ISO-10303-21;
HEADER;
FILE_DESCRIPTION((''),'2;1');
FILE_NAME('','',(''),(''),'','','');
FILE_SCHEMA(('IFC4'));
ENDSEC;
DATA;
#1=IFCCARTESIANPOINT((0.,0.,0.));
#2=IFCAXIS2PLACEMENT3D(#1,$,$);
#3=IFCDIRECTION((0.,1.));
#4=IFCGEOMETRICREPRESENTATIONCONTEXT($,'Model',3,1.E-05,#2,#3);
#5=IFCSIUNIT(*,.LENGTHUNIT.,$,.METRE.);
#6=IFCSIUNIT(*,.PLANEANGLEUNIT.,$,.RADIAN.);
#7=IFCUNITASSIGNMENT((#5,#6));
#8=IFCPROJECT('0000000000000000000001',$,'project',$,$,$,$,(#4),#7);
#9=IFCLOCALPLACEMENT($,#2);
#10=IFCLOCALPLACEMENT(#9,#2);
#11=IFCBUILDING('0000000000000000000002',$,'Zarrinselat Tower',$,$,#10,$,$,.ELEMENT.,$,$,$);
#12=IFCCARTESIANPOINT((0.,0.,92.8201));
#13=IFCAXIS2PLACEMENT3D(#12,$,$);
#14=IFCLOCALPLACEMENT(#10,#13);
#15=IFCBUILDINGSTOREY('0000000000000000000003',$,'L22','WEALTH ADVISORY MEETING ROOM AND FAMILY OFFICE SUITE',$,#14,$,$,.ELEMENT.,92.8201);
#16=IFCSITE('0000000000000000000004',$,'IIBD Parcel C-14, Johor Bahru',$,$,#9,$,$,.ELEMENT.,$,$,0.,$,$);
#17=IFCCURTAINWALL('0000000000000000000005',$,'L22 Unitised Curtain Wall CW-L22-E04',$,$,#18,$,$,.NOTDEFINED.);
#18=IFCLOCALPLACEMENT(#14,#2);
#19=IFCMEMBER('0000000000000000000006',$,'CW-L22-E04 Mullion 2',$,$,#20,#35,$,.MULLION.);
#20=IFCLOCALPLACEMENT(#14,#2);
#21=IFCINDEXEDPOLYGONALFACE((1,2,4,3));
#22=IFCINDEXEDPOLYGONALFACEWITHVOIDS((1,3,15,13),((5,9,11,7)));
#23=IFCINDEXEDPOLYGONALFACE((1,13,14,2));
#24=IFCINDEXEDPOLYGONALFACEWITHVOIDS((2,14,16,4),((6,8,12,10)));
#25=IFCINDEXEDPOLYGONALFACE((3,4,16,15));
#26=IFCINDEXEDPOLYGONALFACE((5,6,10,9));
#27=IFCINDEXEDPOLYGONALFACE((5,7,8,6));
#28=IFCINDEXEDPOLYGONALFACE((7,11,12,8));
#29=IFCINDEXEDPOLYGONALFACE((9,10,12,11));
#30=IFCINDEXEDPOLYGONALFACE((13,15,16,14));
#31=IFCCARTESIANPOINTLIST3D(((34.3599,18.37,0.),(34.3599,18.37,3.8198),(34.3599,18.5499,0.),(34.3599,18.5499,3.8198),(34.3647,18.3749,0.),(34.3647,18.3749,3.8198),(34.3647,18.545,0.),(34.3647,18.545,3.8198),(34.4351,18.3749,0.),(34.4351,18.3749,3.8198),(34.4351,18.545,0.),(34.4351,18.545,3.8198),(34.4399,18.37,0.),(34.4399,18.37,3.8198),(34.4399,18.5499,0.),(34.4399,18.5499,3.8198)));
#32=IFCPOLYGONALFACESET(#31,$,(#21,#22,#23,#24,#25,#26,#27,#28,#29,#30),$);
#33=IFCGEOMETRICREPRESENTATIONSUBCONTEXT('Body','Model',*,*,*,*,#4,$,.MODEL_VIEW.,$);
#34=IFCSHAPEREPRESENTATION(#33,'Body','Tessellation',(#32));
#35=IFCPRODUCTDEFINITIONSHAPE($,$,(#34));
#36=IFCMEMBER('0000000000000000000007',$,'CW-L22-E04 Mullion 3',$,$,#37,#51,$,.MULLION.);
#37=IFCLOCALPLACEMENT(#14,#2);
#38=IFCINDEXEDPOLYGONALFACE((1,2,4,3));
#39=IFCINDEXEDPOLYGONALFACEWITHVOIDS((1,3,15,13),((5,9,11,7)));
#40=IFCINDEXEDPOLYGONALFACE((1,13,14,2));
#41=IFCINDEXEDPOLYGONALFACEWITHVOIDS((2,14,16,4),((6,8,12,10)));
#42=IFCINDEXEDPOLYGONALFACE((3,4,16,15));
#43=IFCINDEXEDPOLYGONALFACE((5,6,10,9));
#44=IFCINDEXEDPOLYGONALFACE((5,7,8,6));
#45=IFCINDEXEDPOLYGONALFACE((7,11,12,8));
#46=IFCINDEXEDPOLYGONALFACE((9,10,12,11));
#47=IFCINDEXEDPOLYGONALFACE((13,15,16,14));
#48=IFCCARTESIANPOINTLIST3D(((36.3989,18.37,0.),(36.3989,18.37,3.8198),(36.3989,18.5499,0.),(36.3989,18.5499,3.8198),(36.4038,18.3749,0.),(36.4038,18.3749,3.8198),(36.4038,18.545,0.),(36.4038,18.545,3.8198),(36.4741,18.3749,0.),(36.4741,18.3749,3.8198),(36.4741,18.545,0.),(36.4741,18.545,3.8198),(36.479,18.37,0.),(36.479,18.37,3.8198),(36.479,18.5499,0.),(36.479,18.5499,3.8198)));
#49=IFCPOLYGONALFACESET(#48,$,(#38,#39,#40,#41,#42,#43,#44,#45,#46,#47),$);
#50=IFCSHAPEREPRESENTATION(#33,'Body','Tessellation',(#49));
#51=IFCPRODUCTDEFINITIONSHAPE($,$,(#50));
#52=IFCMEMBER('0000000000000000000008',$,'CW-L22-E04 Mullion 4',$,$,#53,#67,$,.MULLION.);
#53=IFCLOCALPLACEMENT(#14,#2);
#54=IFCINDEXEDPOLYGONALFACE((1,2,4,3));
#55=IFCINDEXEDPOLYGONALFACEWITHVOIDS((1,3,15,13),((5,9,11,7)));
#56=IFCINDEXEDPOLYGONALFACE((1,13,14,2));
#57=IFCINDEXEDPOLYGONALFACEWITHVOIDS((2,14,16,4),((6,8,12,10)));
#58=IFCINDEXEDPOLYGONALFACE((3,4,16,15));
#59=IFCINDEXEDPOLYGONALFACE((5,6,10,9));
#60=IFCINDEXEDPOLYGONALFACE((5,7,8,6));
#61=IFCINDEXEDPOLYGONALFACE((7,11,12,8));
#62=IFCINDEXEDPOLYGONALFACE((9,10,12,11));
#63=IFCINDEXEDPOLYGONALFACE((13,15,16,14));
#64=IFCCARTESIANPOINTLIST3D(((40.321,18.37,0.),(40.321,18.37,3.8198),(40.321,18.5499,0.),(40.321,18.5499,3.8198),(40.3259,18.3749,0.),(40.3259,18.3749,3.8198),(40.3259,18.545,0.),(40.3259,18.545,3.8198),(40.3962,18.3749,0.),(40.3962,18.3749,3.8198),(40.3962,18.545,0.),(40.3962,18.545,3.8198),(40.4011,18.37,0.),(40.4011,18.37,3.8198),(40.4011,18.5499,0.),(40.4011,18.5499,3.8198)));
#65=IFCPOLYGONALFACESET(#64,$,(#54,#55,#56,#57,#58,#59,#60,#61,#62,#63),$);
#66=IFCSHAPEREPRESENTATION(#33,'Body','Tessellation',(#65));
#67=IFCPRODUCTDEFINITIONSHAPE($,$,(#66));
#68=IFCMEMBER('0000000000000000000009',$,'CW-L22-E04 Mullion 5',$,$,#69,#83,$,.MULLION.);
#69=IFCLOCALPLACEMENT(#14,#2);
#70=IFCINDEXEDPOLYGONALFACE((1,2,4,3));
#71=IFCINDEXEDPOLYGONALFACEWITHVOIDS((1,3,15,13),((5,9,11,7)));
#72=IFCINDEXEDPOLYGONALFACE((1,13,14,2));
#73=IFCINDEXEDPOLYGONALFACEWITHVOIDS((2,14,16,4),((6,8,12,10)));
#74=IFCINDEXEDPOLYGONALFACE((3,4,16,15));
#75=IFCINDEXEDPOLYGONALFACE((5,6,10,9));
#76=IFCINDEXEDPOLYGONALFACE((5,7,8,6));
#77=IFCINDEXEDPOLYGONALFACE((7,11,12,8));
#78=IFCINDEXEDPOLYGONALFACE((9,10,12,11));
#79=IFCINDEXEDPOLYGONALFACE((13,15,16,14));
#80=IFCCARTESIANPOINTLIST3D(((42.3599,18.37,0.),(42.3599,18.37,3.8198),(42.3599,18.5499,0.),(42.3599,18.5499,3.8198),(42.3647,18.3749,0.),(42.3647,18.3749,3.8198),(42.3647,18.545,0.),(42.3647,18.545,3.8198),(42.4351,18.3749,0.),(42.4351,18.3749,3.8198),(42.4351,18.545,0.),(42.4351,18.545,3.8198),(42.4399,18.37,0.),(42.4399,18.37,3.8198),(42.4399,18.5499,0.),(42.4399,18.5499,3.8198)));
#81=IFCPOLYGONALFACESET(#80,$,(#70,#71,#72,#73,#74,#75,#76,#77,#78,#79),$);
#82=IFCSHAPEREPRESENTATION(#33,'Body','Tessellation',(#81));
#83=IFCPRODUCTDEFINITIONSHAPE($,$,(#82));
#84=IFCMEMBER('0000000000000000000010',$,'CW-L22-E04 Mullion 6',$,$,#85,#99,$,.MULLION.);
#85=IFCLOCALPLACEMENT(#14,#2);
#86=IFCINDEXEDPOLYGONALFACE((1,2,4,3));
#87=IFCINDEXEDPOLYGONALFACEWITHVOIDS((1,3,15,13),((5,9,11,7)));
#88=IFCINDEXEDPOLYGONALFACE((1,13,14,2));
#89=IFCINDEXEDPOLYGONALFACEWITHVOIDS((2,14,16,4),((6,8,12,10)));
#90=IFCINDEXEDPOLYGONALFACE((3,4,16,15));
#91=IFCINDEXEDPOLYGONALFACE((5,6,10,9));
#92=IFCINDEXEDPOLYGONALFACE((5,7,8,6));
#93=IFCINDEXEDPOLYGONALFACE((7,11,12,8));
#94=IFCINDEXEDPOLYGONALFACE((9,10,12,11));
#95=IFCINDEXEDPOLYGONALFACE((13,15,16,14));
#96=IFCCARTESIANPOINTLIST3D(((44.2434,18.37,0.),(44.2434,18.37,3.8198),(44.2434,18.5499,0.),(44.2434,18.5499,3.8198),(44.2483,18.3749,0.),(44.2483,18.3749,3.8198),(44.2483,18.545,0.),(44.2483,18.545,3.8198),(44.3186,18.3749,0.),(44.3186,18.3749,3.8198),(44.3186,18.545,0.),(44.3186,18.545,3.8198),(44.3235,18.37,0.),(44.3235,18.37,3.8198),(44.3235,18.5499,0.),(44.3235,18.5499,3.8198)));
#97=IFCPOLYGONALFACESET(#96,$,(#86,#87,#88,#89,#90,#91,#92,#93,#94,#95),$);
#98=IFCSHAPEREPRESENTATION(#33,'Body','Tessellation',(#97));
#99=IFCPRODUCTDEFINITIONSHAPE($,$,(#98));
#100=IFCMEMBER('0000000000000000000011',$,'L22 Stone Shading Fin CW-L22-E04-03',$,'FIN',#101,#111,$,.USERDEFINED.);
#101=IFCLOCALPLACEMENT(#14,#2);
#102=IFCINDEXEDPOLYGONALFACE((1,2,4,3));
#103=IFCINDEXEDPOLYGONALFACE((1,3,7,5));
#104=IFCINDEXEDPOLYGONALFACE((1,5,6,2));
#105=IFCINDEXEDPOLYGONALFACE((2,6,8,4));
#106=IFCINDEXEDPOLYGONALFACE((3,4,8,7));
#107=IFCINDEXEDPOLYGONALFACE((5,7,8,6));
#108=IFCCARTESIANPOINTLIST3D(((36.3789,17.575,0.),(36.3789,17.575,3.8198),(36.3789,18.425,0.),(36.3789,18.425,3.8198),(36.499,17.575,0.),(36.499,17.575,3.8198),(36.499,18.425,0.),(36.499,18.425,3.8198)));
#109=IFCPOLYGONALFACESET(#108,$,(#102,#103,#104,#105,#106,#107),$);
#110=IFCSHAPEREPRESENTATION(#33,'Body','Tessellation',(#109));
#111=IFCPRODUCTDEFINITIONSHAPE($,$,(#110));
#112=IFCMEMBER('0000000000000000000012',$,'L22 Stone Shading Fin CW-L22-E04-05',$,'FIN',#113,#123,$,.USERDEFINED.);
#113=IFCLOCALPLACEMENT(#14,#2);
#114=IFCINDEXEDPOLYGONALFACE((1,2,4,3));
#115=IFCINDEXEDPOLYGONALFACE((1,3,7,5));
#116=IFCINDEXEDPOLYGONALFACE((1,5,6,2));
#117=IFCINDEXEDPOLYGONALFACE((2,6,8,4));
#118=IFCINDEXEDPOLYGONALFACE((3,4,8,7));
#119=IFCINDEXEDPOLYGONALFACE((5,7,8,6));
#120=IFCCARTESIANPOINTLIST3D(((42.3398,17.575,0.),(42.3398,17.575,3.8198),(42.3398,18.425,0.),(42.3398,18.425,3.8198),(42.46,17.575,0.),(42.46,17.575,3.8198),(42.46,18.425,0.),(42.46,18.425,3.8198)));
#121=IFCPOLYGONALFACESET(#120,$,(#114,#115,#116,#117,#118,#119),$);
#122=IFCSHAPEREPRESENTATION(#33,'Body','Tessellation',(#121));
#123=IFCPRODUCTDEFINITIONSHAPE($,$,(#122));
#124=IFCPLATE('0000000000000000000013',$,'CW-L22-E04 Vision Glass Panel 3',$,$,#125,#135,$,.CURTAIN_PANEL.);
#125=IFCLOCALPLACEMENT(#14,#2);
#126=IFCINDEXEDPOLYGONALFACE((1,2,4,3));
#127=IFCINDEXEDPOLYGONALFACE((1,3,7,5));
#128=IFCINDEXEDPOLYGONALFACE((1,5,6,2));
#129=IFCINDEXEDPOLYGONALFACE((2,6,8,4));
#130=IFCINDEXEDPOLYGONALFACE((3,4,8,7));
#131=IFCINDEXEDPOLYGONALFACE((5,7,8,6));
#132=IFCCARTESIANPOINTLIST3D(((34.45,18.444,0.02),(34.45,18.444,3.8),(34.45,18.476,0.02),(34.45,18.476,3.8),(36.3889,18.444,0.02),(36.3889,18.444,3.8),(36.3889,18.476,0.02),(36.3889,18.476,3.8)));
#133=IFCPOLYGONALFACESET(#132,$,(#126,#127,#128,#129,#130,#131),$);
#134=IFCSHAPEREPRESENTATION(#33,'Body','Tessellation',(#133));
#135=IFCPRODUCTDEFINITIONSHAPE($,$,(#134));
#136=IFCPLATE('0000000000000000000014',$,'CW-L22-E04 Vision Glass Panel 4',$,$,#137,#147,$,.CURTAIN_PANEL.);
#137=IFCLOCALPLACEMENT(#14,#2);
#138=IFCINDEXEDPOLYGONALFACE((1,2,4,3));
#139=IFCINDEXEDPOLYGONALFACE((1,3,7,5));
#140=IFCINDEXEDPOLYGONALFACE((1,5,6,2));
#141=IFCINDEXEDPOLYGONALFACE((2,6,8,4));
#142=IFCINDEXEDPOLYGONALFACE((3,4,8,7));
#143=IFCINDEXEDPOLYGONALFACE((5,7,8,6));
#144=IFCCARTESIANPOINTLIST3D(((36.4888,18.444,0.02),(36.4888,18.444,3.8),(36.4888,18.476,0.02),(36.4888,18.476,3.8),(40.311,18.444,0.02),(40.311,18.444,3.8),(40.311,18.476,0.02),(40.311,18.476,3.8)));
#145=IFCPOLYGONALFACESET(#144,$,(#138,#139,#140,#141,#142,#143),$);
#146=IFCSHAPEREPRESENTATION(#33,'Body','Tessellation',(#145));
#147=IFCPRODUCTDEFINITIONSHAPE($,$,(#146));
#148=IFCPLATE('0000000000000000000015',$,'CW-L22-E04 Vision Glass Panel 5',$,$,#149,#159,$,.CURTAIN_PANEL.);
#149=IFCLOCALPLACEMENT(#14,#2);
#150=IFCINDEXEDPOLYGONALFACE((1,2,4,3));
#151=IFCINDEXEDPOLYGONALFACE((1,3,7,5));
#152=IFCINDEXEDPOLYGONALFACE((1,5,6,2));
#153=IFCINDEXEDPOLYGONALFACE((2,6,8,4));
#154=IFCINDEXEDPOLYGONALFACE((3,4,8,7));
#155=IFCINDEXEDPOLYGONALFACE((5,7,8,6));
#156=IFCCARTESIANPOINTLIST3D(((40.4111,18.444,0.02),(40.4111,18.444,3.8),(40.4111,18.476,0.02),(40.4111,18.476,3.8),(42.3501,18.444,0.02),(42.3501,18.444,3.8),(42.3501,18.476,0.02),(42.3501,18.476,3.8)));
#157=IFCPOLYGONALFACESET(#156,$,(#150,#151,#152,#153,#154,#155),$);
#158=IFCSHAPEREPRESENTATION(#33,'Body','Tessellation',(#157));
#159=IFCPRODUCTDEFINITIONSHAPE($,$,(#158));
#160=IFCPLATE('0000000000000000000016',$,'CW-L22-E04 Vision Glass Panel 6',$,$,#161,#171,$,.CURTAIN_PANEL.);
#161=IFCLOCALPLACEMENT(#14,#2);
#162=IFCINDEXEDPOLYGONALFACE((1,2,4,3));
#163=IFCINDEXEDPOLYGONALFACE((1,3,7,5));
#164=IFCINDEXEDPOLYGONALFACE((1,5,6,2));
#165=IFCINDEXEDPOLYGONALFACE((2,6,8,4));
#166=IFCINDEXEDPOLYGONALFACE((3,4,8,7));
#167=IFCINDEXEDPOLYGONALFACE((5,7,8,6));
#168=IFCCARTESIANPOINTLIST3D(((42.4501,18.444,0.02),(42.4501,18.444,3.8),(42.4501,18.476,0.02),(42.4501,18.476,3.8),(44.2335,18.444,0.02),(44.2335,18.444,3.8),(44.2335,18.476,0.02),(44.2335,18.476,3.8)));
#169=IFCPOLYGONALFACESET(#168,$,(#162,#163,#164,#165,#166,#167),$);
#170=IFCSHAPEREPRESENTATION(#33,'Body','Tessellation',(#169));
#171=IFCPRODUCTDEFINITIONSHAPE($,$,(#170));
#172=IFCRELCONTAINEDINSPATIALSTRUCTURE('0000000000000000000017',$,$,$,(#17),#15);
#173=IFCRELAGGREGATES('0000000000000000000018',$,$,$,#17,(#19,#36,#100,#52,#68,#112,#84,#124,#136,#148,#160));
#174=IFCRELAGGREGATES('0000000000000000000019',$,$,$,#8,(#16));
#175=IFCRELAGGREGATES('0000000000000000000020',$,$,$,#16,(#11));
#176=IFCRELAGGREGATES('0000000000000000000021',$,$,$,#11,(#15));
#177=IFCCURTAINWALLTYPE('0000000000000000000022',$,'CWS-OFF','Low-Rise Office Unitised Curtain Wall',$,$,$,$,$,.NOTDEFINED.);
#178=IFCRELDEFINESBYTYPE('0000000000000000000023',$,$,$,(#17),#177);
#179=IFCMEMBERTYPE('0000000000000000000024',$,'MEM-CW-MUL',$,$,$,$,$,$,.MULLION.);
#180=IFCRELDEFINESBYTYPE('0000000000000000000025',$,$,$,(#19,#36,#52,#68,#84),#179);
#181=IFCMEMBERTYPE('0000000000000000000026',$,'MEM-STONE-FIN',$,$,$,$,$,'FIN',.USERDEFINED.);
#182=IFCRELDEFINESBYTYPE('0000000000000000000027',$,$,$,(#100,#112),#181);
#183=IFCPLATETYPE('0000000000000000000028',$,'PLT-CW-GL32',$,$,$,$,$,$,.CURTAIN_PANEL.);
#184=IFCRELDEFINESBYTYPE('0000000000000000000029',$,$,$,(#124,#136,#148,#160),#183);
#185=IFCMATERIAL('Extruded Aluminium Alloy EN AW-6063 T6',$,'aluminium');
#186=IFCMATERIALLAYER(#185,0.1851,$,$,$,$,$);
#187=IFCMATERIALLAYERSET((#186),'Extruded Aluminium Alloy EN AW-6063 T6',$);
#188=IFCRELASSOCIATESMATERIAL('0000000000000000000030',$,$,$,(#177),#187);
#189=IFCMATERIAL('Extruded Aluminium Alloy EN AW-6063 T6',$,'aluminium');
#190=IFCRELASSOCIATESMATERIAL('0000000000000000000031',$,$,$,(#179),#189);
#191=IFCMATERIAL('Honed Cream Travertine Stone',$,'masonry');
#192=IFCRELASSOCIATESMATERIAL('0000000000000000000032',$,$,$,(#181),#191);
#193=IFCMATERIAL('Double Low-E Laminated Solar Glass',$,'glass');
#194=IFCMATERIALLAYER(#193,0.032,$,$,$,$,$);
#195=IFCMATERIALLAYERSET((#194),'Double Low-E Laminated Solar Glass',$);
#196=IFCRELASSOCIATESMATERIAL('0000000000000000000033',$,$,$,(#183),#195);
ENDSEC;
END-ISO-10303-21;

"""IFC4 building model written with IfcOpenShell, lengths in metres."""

from ifc_helpers import new_model, si_unit, direction, frame, origin, origin_2d, place, context, subcontext, project, spatial, rectangle, hollow_rectangle, extrude, material, layer, layer_set, material_profile, profile_set, type_object, element, aggregate, save


model = new_model("IFC4")

# Units and contexts
model_context = context("Model", 3, precision=1e-05, world=origin(), true_north=direction((0.0, 1.0)))
body_context = subcontext(model_context, "Body", "Model", "MODEL_VIEW")
ifc_project = project(units=[si_unit("LENGTHUNIT", "METRE"), si_unit("PLANEANGLEUNIT", "RADIAN")], contexts=[model_context])

# Site, building, storey
site_placement = place(None, origin())
site = spatial("IfcSite", under=ifc_project, at=site_placement, Name="IIBD Parcel C-14, Johor Bahru", CompositionType="ELEMENT", RefElevation=0.0)
building_placement = place(site_placement, origin())
building = spatial("IfcBuilding", under=site, at=building_placement, Name="Zarrinselat Tower", CompositionType="ELEMENT")
storey_placement = place(building_placement, frame((0.0, 0.0, 92.8201)))
storey = spatial("IfcBuildingStorey", under=building, at=storey_placement, Name="L22", Description="WEALTH ADVISORY MEETING ROOM AND FAMILY OFFICE SUITE", CompositionType="ELEMENT", Elevation=92.8201)

# Curtain wall, members, plates
ifc_material_1 = material(Name="Extruded Aluminium Alloy EN AW-6063 T6", Category="aluminium")
ifc_layer_1 = layer(ifc_material_1, 0.1851)
ifc_layer_set_1 = layer_set([ifc_layer_1], Name="Extruded Aluminium Alloy EN AW-6063 T6")
curtain_wall_type = type_object("IfcCurtainWallType", Name="CWS-OFF", Description="Low-Rise Office Unitised Curtain Wall", PredefinedType="NOTDEFINED", material=ifc_layer_set_1)
curtain_wall_placement = place(storey_placement, origin())
curtain_wall = element("IfcCurtainWall", 1, at=curtain_wall_placement, inside=storey, type_object=curtain_wall_type, Name="L22 Unitised Curtain Wall CW-L22-E04", PredefinedType="NOTDEFINED")
ifc_material_2 = material(Name="Extruded Aluminium Alloy EN AW-6063 T6", Category="aluminium")
ifc_material_profile_1 = material_profile(ifc_material_2, hollow_rectangle(XDim=0.0801, YDim=0.1799, WallThickness=0.0049, at=origin_2d()), Name="RHS 180x80x5")
ifc_profile_set_1 = profile_set([ifc_material_profile_1], Name="Extruded Aluminium Alloy EN AW-6063 T6")
member_type_1 = type_object("IfcMemberType", Name="MEM-CW-MUL", PredefinedType="MULLION", material=ifc_profile_set_1)
member_1_placement = place(storey_placement, frame((34.3999, 18.46, 0.0), z_axis=(0.0, 0.0, 1.0), x_axis=(1.0, 0.0, 0.0)))
member_1 = element("IfcMember", 2, at=member_1_placement, type_object=member_type_1, Name="CW-L22-E04 Mullion 2", PredefinedType="MULLION", context=body_context, shape_type="SweptSolid", body=[
    extrude(hollow_rectangle(XDim=0.0801, YDim=0.1799, WallThickness=0.0049, at=origin_2d()), origin(), (0.0, 0.0, 1.0), 3.8198),
])
member_2_placement = place(storey_placement, frame((36.439, 18.46, 0.0), z_axis=(0.0, 0.0, 1.0), x_axis=(1.0, 0.0, 0.0)))
member_2 = element("IfcMember", 3, at=member_2_placement, type_object=member_type_1, Name="CW-L22-E04 Mullion 3", PredefinedType="MULLION", context=body_context, shape_type="SweptSolid", body=[
    extrude(hollow_rectangle(XDim=0.0801, YDim=0.1799, WallThickness=0.0049, at=origin_2d()), origin(), (0.0, 0.0, 1.0), 3.8198),
])
member_3_placement = place(storey_placement, frame((40.3611, 18.46, 0.0), z_axis=(0.0, 0.0, 1.0), x_axis=(1.0, 0.0, 0.0)))
member_3 = element("IfcMember", 4, at=member_3_placement, type_object=member_type_1, Name="CW-L22-E04 Mullion 4", PredefinedType="MULLION", context=body_context, shape_type="SweptSolid", body=[
    extrude(hollow_rectangle(XDim=0.0801, YDim=0.1799, WallThickness=0.0049, at=origin_2d()), origin(), (0.0, 0.0, 1.0), 3.8198),
])
member_4_placement = place(storey_placement, frame((42.3999, 18.46, 0.0), z_axis=(0.0, 0.0, 1.0), x_axis=(1.0, 0.0, 0.0)))
member_4 = element("IfcMember", 5, at=member_4_placement, type_object=member_type_1, Name="CW-L22-E04 Mullion 5", PredefinedType="MULLION", context=body_context, shape_type="SweptSolid", body=[
    extrude(hollow_rectangle(XDim=0.0801, YDim=0.1799, WallThickness=0.0049, at=origin_2d()), origin(), (0.0, 0.0, 1.0), 3.8198),
])
member_5_placement = place(storey_placement, frame((44.2834, 18.46, 0.0), z_axis=(0.0, 0.0, 1.0), x_axis=(1.0, 0.0, 0.0)))
member_5 = element("IfcMember", 6, at=member_5_placement, type_object=member_type_1, Name="CW-L22-E04 Mullion 6", PredefinedType="MULLION", context=body_context, shape_type="SweptSolid", body=[
    extrude(hollow_rectangle(XDim=0.0801, YDim=0.1799, WallThickness=0.0049, at=origin_2d()), origin(), (0.0, 0.0, 1.0), 3.8198),
])
ifc_material_3 = material(Name="Honed Cream Travertine Stone", Category="masonry")
ifc_material_profile_2 = material_profile(ifc_material_3, rectangle(XDim=0.1201, YDim=0.8501, at=origin_2d()), Name="FIN 850x120")
ifc_profile_set_2 = profile_set([ifc_material_profile_2], Name="Honed Cream Travertine Stone")
member_type_2 = type_object("IfcMemberType", Name="MEM-STONE-FIN", ElementType="FIN", PredefinedType="USERDEFINED", material=ifc_profile_set_2)
member_6_placement = place(storey_placement, frame((36.439, 18.0, 0.0), z_axis=(0.0, 0.0, 1.0), x_axis=(-1.0, 0.0, 0.0)))
member_6 = element("IfcMember", 7, at=member_6_placement, type_object=member_type_2, Name="L22 Stone Shading Fin CW-L22-E04-03", ObjectType="FIN", PredefinedType="USERDEFINED", context=body_context, shape_type="SweptSolid", body=[
    extrude(rectangle(XDim=0.1201, YDim=0.8501, at=origin_2d()), origin(), (0.0, 0.0, 1.0), 3.8198),
])
member_7_placement = place(storey_placement, frame((42.3999, 18.0, 0.0), z_axis=(0.0, 0.0, 1.0), x_axis=(-1.0, 0.0, 0.0)))
member_7 = element("IfcMember", 8, at=member_7_placement, type_object=member_type_2, Name="L22 Stone Shading Fin CW-L22-E04-05", ObjectType="FIN", PredefinedType="USERDEFINED", context=body_context, shape_type="SweptSolid", body=[
    extrude(rectangle(XDim=0.1201, YDim=0.8501, at=origin_2d()), origin(), (0.0, 0.0, 1.0), 3.8198),
])
ifc_material_4 = material(Name="Double Low-E Laminated Solar Glass", Category="glass")
ifc_layer_2 = layer(ifc_material_4, 0.032)
ifc_layer_set_2 = layer_set([ifc_layer_2], Name="Double Low-E Laminated Solar Glass")
plate_type = type_object("IfcPlateType", Name="PLT-CW-GL32", PredefinedType="CURTAIN_PANEL", material=ifc_layer_set_2)
plate_1_placement = place(storey_placement, frame((35.4194, 18.46, 0.02), z_axis=(0.0, 0.0, 1.0), x_axis=(1.0, 0.0, 0.0)))
plate_1 = element("IfcPlate", 9, at=plate_1_placement, type_object=plate_type, Name="CW-L22-E04 Vision Glass Panel 3", PredefinedType="CURTAIN_PANEL", context=body_context, shape_type="SweptSolid", body=[
    extrude(rectangle(XDim=1.939, YDim=0.032, at=origin_2d()), origin(), (0.0, 0.0, 1.0), 3.78),
])
plate_2_placement = place(storey_placement, frame((38.3999, 18.46, 0.02), z_axis=(0.0, 0.0, 1.0), x_axis=(1.0, 0.0, 0.0)))
plate_2 = element("IfcPlate", 10, at=plate_2_placement, type_object=plate_type, Name="CW-L22-E04 Vision Glass Panel 4", PredefinedType="CURTAIN_PANEL", context=body_context, shape_type="SweptSolid", body=[
    extrude(rectangle(XDim=3.8223, YDim=0.032, at=origin_2d()), origin(), (0.0, 0.0, 1.0), 3.78),
])
plate_3_placement = place(storey_placement, frame((41.3806, 18.46, 0.02), z_axis=(0.0, 0.0, 1.0), x_axis=(1.0, 0.0, 0.0)))
plate_3 = element("IfcPlate", 11, at=plate_3_placement, type_object=plate_type, Name="CW-L22-E04 Vision Glass Panel 5", PredefinedType="CURTAIN_PANEL", context=body_context, shape_type="SweptSolid", body=[
    extrude(rectangle(XDim=1.939, YDim=0.032, at=origin_2d()), origin(), (0.0, 0.0, 1.0), 3.78),
])
plate_4_placement = place(storey_placement, frame((43.3418, 18.46, 0.02), z_axis=(0.0, 0.0, 1.0), x_axis=(1.0, 0.0, 0.0)))
plate_4 = element("IfcPlate", 12, at=plate_4_placement, type_object=plate_type, Name="CW-L22-E04 Vision Glass Panel 6", PredefinedType="CURTAIN_PANEL", context=body_context, shape_type="SweptSolid", body=[
    extrude(rectangle(XDim=1.7834, YDim=0.032, at=origin_2d()), origin(), (0.0, 0.0, 1.0), 3.78),
])
aggregate(curtain_wall, [member_1, member_2, member_6, member_3, member_4, member_7, member_5, plate_1, plate_2, plate_3, plate_4])

save(model, "model.ifc")
